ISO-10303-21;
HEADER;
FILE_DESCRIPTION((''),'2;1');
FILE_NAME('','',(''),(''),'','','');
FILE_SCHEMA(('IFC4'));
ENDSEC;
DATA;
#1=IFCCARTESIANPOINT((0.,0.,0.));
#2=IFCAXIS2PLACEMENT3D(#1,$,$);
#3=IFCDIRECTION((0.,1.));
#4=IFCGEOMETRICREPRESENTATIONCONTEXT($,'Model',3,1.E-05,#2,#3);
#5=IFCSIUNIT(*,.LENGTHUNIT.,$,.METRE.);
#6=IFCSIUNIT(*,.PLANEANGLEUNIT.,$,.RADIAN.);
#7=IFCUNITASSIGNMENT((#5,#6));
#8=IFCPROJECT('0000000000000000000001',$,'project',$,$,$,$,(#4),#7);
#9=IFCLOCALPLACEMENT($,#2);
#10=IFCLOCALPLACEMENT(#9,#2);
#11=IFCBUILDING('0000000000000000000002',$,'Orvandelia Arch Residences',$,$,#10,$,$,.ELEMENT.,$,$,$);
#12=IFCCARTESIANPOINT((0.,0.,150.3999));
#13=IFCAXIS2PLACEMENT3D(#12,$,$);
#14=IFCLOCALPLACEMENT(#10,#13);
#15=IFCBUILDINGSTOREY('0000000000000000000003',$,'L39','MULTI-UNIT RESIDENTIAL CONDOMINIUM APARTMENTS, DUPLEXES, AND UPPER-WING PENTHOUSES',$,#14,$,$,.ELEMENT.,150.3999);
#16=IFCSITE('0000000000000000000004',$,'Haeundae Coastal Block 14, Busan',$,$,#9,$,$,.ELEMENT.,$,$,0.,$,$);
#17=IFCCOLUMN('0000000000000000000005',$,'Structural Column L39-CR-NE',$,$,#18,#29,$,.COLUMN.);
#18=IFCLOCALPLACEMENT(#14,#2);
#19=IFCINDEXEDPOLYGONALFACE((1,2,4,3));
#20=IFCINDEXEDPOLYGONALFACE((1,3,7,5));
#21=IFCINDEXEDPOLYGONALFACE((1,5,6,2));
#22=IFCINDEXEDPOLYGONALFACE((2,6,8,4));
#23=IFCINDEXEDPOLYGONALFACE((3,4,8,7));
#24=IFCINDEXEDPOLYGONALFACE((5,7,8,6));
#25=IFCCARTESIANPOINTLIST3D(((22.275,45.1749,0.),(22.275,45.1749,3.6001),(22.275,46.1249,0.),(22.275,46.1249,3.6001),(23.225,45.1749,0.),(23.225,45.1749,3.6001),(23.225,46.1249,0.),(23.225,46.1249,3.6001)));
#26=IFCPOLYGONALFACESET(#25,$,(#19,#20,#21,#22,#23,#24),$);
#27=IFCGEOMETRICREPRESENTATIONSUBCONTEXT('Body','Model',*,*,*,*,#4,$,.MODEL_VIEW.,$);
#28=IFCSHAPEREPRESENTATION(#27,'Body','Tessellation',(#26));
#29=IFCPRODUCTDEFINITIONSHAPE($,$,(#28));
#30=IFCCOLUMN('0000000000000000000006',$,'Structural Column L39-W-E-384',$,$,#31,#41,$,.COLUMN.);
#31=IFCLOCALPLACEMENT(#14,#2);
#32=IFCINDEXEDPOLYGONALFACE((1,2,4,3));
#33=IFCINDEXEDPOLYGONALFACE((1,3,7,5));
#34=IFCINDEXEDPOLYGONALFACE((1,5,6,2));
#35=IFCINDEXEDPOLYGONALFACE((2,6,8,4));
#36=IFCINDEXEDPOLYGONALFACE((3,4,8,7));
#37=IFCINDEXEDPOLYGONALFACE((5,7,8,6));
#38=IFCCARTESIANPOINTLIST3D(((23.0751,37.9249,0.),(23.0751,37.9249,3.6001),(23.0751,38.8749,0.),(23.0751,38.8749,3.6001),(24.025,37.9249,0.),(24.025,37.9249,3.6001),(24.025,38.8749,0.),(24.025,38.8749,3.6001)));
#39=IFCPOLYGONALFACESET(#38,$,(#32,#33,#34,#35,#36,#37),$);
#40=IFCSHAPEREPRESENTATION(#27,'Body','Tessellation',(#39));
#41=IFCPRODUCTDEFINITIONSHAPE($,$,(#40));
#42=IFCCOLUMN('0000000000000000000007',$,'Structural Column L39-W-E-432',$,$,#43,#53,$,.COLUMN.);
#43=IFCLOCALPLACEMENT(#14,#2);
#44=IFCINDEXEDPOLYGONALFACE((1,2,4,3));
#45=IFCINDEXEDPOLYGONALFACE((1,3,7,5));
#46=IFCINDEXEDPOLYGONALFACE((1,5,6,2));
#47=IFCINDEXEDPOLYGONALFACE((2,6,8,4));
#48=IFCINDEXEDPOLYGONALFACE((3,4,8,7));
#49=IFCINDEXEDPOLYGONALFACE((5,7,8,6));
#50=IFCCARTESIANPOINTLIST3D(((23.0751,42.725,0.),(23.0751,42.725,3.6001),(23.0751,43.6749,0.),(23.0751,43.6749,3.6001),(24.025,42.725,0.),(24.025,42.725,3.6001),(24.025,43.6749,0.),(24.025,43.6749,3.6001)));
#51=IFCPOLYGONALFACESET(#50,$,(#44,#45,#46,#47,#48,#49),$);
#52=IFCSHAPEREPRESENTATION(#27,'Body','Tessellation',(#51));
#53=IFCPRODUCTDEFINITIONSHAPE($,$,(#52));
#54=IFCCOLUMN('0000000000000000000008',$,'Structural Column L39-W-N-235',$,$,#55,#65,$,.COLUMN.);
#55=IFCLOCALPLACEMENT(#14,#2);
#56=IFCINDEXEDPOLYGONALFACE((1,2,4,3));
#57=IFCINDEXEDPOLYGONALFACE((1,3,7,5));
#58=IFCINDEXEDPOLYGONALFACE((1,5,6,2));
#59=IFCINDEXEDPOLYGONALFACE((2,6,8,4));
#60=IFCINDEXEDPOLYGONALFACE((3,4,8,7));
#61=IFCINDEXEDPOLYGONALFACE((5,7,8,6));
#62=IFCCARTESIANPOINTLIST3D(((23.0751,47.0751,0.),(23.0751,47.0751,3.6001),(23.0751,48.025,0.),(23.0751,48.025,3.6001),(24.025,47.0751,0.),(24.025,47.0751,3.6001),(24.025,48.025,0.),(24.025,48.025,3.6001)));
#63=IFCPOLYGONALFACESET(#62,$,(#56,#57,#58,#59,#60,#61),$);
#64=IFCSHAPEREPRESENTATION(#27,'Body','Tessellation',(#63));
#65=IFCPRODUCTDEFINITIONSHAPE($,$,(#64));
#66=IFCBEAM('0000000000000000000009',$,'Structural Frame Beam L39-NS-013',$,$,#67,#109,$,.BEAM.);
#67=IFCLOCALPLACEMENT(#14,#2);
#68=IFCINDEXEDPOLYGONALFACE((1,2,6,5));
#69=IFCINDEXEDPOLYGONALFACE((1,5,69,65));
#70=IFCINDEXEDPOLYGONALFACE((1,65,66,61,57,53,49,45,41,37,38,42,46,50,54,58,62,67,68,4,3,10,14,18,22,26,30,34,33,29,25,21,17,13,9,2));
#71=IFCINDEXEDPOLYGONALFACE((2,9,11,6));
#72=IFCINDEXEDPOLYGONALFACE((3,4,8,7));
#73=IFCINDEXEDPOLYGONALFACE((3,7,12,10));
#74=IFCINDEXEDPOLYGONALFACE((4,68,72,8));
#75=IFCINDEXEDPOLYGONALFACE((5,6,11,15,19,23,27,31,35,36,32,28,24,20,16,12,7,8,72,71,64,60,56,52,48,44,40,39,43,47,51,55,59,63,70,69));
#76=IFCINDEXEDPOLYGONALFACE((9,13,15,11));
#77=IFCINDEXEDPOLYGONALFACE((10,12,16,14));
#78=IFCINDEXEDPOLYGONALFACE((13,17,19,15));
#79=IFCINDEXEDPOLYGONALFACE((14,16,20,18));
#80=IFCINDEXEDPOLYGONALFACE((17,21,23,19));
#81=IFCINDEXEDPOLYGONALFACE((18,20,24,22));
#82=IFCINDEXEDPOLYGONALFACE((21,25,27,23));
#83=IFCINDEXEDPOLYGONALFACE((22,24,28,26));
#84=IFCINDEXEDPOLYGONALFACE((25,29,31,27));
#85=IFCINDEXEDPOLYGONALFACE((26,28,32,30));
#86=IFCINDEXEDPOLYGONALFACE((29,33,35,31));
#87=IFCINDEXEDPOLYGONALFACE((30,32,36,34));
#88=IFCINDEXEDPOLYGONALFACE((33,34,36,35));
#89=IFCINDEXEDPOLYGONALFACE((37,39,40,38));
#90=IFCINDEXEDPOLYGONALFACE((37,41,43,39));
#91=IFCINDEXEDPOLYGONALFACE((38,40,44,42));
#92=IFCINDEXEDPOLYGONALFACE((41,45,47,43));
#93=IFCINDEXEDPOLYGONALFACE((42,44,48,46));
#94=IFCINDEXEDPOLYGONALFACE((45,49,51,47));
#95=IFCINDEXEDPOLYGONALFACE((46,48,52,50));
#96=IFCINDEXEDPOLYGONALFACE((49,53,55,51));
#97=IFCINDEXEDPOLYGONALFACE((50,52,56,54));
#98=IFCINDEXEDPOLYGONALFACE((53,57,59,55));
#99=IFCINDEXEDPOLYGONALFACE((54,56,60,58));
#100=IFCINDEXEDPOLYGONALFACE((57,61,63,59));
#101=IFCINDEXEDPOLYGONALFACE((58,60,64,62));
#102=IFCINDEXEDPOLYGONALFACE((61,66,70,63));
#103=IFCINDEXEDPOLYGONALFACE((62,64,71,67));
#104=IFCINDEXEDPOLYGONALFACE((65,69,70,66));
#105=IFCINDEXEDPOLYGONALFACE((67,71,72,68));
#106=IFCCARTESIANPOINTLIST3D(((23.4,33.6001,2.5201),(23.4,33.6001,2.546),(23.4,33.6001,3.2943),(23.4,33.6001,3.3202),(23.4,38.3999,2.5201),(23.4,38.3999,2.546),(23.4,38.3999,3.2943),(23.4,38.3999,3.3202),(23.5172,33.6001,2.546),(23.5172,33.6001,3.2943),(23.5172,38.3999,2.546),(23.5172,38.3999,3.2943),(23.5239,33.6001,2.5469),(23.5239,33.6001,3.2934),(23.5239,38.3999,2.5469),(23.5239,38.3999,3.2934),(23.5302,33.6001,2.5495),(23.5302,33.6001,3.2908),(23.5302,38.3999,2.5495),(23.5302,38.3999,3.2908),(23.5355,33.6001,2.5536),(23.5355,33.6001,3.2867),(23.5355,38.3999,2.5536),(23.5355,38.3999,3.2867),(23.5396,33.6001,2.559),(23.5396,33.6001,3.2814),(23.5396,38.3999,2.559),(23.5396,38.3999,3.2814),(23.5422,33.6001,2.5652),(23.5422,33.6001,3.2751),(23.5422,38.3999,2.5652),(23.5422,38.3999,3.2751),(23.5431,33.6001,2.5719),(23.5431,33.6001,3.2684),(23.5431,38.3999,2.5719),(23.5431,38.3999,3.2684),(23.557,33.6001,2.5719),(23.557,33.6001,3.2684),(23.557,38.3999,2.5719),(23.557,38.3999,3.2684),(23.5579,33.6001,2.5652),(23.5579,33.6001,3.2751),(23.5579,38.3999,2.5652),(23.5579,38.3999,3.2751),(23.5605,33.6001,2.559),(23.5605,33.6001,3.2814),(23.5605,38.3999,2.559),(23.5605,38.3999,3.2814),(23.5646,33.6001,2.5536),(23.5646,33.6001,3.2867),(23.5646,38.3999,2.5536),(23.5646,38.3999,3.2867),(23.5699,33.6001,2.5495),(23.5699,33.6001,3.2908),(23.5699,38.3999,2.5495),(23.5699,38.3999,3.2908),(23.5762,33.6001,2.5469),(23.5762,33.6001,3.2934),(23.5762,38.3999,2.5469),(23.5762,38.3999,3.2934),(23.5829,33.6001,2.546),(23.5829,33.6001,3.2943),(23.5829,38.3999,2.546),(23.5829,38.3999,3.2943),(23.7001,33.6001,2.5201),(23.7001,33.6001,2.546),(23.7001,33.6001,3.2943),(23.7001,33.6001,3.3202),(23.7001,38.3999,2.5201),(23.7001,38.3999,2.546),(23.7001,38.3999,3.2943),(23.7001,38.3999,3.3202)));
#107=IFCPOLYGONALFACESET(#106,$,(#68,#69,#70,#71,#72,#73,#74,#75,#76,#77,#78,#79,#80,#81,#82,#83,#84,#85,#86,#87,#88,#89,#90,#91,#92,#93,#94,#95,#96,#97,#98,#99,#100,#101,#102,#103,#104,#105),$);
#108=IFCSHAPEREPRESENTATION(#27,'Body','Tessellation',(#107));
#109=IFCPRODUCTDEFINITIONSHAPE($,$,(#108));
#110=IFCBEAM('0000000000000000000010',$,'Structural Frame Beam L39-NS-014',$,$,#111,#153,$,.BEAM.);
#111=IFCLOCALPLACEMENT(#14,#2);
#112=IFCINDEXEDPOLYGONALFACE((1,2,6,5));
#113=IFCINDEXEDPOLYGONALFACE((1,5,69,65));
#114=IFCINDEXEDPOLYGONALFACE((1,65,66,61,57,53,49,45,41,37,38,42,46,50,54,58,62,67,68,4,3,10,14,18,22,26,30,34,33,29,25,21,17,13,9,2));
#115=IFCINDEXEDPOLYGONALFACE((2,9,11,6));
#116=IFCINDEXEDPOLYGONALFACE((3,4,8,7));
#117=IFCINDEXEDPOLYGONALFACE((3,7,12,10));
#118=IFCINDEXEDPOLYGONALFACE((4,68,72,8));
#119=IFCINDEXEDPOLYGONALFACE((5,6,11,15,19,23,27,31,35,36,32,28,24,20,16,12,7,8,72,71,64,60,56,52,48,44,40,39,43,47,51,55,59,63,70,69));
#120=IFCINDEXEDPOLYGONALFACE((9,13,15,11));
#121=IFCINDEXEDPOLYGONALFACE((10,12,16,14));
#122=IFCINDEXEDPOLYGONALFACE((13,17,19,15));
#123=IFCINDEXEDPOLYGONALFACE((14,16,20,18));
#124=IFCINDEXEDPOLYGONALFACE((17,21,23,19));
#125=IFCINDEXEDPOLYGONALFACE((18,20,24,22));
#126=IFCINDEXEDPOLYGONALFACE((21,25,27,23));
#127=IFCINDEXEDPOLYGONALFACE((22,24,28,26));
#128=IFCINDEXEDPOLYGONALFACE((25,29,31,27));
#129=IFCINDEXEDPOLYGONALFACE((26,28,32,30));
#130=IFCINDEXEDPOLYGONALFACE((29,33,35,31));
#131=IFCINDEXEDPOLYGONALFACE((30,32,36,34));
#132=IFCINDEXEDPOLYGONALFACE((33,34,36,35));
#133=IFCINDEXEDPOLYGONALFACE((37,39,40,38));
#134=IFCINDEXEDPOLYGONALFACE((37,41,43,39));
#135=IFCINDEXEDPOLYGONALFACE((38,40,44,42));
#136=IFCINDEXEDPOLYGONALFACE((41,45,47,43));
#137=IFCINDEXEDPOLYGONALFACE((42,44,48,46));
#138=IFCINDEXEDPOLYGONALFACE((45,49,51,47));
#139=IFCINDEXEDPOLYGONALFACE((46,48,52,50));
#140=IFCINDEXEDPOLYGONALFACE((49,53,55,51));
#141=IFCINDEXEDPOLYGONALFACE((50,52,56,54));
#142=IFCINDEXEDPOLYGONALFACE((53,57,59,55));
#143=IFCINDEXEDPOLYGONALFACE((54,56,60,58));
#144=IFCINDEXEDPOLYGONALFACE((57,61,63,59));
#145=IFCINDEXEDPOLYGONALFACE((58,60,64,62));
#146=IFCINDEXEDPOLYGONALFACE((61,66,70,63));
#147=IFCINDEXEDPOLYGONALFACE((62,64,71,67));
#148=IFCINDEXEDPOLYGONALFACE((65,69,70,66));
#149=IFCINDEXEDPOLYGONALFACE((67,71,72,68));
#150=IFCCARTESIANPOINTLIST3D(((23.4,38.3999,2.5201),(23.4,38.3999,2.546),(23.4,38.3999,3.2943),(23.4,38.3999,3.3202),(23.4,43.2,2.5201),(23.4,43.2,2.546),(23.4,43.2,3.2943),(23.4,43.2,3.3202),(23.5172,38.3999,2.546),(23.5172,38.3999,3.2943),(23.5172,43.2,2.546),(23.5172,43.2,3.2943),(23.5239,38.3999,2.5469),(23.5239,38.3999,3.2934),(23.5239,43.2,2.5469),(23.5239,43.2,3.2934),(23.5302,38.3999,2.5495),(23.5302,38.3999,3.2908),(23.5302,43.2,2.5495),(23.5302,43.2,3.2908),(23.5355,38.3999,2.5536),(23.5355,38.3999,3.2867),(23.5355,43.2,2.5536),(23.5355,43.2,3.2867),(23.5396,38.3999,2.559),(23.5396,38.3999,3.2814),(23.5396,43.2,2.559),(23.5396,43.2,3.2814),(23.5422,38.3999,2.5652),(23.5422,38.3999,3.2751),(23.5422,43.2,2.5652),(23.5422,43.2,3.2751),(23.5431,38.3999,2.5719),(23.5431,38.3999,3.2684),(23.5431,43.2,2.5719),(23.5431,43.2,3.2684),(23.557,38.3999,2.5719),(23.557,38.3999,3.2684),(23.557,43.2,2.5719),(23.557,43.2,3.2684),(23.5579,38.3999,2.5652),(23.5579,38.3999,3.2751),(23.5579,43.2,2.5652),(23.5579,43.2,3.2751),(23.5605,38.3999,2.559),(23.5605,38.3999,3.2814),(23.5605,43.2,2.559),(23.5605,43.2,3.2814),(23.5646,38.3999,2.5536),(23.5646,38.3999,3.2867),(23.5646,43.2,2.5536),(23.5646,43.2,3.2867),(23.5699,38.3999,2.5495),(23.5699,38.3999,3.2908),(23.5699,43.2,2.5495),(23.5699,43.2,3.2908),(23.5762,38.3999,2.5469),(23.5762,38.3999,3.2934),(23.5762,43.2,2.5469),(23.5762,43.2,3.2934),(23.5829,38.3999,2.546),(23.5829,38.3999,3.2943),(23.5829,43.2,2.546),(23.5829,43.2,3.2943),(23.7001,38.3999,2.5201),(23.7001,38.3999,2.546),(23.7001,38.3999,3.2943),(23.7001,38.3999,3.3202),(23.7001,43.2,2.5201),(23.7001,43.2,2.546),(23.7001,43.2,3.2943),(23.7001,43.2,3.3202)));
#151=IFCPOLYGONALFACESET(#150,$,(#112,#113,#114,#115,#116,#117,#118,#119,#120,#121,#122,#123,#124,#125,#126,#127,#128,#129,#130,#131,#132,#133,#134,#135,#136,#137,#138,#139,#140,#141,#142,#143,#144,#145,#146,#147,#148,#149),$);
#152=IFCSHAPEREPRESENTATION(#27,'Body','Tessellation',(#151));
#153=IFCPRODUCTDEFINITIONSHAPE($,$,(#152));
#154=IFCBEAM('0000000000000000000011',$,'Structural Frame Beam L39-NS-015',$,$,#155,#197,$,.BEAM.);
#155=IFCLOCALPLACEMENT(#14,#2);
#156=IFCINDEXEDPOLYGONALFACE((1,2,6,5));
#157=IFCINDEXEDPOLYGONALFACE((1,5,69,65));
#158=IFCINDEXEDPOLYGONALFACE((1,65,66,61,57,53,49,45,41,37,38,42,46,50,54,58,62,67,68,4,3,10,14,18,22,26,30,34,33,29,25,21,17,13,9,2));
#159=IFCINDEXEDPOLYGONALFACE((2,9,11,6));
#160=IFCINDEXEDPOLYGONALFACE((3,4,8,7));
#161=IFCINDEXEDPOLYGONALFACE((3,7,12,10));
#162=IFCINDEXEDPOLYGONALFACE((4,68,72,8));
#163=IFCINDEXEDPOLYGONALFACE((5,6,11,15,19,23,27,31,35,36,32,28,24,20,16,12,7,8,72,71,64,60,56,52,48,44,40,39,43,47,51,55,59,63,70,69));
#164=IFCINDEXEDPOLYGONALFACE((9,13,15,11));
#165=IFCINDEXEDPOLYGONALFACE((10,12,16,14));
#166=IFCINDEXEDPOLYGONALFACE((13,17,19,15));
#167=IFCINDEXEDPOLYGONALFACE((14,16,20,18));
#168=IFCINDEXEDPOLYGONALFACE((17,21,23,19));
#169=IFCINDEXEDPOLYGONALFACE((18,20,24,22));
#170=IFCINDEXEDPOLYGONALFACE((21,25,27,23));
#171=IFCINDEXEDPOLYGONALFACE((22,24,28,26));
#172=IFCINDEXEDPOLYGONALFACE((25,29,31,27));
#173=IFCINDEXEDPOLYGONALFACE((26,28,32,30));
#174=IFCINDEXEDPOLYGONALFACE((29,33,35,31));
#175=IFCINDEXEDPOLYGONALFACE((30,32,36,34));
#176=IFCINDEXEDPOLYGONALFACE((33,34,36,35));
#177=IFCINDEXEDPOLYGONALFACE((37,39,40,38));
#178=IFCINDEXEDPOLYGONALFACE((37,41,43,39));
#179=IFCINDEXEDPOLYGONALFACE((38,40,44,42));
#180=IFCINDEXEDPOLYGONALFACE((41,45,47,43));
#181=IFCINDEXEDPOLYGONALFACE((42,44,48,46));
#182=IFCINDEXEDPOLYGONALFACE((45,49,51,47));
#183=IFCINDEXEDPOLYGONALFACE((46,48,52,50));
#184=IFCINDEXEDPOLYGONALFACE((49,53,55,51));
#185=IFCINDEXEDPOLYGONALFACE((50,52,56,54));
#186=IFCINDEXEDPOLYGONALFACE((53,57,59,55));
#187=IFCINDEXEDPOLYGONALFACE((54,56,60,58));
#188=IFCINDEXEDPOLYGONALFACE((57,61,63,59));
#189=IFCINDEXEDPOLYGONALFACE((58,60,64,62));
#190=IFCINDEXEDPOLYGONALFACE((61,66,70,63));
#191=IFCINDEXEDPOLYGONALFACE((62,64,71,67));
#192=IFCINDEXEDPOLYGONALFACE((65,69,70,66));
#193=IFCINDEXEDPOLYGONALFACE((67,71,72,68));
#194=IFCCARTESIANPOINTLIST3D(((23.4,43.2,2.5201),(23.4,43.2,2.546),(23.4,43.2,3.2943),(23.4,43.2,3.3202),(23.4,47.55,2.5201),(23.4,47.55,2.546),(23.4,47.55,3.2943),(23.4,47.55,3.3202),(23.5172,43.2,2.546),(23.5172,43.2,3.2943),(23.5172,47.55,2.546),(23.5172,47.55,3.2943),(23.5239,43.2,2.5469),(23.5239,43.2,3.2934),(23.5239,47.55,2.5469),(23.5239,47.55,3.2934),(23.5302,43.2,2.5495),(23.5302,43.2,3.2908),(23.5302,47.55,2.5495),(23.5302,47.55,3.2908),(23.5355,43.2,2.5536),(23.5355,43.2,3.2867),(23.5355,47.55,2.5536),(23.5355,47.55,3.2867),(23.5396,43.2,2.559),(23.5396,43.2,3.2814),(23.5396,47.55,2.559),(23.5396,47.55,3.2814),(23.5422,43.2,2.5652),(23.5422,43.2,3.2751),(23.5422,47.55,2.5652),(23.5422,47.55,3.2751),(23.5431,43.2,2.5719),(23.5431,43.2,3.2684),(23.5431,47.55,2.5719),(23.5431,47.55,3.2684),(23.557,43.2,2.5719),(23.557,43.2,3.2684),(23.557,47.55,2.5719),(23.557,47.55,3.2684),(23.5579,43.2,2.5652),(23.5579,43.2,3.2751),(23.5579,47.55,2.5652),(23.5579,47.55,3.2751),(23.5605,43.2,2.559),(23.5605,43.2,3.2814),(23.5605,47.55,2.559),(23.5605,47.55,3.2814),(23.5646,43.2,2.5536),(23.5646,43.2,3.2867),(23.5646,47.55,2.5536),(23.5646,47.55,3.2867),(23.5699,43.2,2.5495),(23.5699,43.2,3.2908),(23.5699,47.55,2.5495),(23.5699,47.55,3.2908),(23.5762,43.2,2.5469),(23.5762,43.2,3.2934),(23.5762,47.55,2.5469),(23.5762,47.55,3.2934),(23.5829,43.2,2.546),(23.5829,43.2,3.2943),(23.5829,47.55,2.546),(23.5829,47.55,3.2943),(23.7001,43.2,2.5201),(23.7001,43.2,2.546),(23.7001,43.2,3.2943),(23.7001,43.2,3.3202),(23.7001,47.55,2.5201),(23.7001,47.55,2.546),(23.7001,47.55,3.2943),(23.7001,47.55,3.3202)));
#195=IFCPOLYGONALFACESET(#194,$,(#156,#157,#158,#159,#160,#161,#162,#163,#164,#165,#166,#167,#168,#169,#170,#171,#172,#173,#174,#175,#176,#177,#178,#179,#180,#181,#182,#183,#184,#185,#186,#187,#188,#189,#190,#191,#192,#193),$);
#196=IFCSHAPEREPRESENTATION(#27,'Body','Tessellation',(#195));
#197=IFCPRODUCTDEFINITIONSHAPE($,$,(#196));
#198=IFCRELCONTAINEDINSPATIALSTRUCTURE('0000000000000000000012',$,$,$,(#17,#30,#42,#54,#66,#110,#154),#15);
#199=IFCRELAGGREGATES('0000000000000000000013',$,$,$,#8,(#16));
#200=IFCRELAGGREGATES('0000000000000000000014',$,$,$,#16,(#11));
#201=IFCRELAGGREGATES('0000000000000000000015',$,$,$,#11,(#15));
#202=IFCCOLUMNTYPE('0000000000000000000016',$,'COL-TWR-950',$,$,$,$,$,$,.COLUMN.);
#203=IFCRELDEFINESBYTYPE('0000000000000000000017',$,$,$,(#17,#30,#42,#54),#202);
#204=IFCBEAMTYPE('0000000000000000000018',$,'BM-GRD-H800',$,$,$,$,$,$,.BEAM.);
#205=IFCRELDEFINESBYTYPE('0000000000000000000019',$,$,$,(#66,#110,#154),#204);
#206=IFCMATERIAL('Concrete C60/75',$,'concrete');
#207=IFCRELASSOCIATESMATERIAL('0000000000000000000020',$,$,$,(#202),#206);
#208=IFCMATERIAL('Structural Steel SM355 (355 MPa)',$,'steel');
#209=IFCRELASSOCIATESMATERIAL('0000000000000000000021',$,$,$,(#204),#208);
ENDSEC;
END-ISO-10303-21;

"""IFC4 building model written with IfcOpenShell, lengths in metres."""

from ifc_helpers import new_model, si_unit, direction, frame, origin, origin_2d, place, context, subcontext, project, spatial, rectangle, i_section, extrude, material, material_profile, profile_set, type_object, element, save


model = new_model("IFC4")

# Units and contexts
model_context = context("Model", 3, precision=1e-05, world=origin(), true_north=direction((0.0, 1.0)))
body_context = subcontext(model_context, "Body", "Model", "MODEL_VIEW")
ifc_project = project(units=[si_unit("LENGTHUNIT", "METRE"), si_unit("PLANEANGLEUNIT", "RADIAN")], contexts=[model_context])

# Site, building, storey
site_placement = place(None, origin())
site = spatial("IfcSite", under=ifc_project, at=site_placement, Name="Haeundae Coastal Block 14, Busan", CompositionType="ELEMENT", RefElevation=0.0)
building_placement = place(site_placement, origin())
building = spatial("IfcBuilding", under=site, at=building_placement, Name="Orvandelia Arch Residences", CompositionType="ELEMENT")
storey_placement = place(building_placement, frame((0.0, 0.0, 150.3999)))
storey = spatial("IfcBuildingStorey", under=building, at=storey_placement, Name="L39", Description="MULTI-UNIT RESIDENTIAL CONDOMINIUM APARTMENTS, DUPLEXES, AND UPPER-WING PENTHOUSES", CompositionType="ELEMENT", Elevation=150.3999)

# Columns
ifc_material_1 = material(Name="Concrete C60/75", Category="concrete")
ifc_material_profile_1 = material_profile(ifc_material_1, rectangle(XDim=0.95, YDim=0.95, at=origin_2d()), Name="Concrete C60/75", Category="concrete")
ifc_profile_set_1 = profile_set([ifc_material_profile_1], Name="Concrete C60/75")
column_type = type_object("IfcColumnType", Name="COL-TWR-950", PredefinedType="COLUMN", material=ifc_profile_set_1)
for number, where, z_axis, x_axis, name in (
    (1, (22.75, 45.6499, 0.0), (0.0, 0.0, 1.0), (1.0, 0.0, 0.0), "Structural Column L39-CR-NE"),
    (2, (23.55, 38.3999, 0.0), (0.0, 0.0, 1.0), (1.0, 0.0, 0.0), "Structural Column L39-W-E-384"),
    (3, (23.55, 43.2, 0.0), (0.0, 0.0, 1.0), (1.0, 0.0, 0.0), "Structural Column L39-W-E-432"),
    (4, (23.55, 47.55, 0.0), (0.0, 0.0, 1.0), (1.0, 0.0, 0.0), "Structural Column L39-W-N-235"),
):
    element("IfcColumn", number, at=place(storey_placement, frame(where, z_axis=z_axis, x_axis=x_axis)), inside=storey, type_object=column_type, Name=name, PredefinedType="COLUMN", context=body_context, shape_type="SweptSolid", body=[
        extrude(rectangle(XDim=0.95, YDim=0.95, at=origin_2d()), origin(), (0.0, 0.0, 1.0), 3.6001),
    ])

# Beams
ifc_material_2 = material(Name="Structural Steel SM355 (355 MPa)", Category="steel")
ifc_material_profile_2 = material_profile(ifc_material_2, i_section(OverallWidth=0.3, OverallDepth=0.8, WebThickness=0.0139, FlangeThickness=0.0259, FilletRadius=0.0259, at=origin_2d()), Name="Structural Steel SM355 (355 MPa)", Category="steel")
ifc_profile_set_2 = profile_set([ifc_material_profile_2], Name="Structural Steel SM355 (355 MPa)")
beam_type = type_object("IfcBeamType", Name="BM-GRD-H800", PredefinedType="BEAM", material=ifc_profile_set_2)
beam_1_placement = place(storey_placement, frame((23.55, 33.6001, 2.9202), z_axis=(0.0, 1.0, 0.0), x_axis=(-1.0, 0.0, 0.0)))
element("IfcBeam", 5, at=beam_1_placement, inside=storey, type_object=beam_type, Name="Structural Frame Beam L39-NS-013", PredefinedType="BEAM", context=body_context, shape_type="SweptSolid", body=[
    extrude(i_section(OverallWidth=0.3, OverallDepth=0.8, WebThickness=0.0139, FlangeThickness=0.0259, FilletRadius=0.0259, at=origin_2d()), origin(), (0.0, 0.0, 1.0), 4.7998),
])
beam_2_placement = place(storey_placement, frame((23.55, 38.3999, 2.9202), z_axis=(0.0, 1.0, 0.0), x_axis=(-1.0, 0.0, 0.0)))
element("IfcBeam", 6, at=beam_2_placement, inside=storey, type_object=beam_type, Name="Structural Frame Beam L39-NS-014", PredefinedType="BEAM", context=body_context, shape_type="SweptSolid", body=[
    extrude(i_section(OverallWidth=0.3, OverallDepth=0.8, WebThickness=0.0139, FlangeThickness=0.0259, FilletRadius=0.0259, at=origin_2d()), origin(), (0.0, 0.0, 1.0), 4.8),
])
beam_3_placement = place(storey_placement, frame((23.55, 43.2, 2.9202), z_axis=(0.0, 1.0, 0.0), x_axis=(-1.0, 0.0, 0.0)))
element("IfcBeam", 7, at=beam_3_placement, inside=storey, type_object=beam_type, Name="Structural Frame Beam L39-NS-015", PredefinedType="BEAM", context=body_context, shape_type="SweptSolid", body=[
    extrude(i_section(OverallWidth=0.3, OverallDepth=0.8, WebThickness=0.0139, FlangeThickness=0.0259, FilletRadius=0.0259, at=origin_2d()), origin(), (0.0, 0.0, 1.0), 4.3501),
])

save(model, "model.ifc")
